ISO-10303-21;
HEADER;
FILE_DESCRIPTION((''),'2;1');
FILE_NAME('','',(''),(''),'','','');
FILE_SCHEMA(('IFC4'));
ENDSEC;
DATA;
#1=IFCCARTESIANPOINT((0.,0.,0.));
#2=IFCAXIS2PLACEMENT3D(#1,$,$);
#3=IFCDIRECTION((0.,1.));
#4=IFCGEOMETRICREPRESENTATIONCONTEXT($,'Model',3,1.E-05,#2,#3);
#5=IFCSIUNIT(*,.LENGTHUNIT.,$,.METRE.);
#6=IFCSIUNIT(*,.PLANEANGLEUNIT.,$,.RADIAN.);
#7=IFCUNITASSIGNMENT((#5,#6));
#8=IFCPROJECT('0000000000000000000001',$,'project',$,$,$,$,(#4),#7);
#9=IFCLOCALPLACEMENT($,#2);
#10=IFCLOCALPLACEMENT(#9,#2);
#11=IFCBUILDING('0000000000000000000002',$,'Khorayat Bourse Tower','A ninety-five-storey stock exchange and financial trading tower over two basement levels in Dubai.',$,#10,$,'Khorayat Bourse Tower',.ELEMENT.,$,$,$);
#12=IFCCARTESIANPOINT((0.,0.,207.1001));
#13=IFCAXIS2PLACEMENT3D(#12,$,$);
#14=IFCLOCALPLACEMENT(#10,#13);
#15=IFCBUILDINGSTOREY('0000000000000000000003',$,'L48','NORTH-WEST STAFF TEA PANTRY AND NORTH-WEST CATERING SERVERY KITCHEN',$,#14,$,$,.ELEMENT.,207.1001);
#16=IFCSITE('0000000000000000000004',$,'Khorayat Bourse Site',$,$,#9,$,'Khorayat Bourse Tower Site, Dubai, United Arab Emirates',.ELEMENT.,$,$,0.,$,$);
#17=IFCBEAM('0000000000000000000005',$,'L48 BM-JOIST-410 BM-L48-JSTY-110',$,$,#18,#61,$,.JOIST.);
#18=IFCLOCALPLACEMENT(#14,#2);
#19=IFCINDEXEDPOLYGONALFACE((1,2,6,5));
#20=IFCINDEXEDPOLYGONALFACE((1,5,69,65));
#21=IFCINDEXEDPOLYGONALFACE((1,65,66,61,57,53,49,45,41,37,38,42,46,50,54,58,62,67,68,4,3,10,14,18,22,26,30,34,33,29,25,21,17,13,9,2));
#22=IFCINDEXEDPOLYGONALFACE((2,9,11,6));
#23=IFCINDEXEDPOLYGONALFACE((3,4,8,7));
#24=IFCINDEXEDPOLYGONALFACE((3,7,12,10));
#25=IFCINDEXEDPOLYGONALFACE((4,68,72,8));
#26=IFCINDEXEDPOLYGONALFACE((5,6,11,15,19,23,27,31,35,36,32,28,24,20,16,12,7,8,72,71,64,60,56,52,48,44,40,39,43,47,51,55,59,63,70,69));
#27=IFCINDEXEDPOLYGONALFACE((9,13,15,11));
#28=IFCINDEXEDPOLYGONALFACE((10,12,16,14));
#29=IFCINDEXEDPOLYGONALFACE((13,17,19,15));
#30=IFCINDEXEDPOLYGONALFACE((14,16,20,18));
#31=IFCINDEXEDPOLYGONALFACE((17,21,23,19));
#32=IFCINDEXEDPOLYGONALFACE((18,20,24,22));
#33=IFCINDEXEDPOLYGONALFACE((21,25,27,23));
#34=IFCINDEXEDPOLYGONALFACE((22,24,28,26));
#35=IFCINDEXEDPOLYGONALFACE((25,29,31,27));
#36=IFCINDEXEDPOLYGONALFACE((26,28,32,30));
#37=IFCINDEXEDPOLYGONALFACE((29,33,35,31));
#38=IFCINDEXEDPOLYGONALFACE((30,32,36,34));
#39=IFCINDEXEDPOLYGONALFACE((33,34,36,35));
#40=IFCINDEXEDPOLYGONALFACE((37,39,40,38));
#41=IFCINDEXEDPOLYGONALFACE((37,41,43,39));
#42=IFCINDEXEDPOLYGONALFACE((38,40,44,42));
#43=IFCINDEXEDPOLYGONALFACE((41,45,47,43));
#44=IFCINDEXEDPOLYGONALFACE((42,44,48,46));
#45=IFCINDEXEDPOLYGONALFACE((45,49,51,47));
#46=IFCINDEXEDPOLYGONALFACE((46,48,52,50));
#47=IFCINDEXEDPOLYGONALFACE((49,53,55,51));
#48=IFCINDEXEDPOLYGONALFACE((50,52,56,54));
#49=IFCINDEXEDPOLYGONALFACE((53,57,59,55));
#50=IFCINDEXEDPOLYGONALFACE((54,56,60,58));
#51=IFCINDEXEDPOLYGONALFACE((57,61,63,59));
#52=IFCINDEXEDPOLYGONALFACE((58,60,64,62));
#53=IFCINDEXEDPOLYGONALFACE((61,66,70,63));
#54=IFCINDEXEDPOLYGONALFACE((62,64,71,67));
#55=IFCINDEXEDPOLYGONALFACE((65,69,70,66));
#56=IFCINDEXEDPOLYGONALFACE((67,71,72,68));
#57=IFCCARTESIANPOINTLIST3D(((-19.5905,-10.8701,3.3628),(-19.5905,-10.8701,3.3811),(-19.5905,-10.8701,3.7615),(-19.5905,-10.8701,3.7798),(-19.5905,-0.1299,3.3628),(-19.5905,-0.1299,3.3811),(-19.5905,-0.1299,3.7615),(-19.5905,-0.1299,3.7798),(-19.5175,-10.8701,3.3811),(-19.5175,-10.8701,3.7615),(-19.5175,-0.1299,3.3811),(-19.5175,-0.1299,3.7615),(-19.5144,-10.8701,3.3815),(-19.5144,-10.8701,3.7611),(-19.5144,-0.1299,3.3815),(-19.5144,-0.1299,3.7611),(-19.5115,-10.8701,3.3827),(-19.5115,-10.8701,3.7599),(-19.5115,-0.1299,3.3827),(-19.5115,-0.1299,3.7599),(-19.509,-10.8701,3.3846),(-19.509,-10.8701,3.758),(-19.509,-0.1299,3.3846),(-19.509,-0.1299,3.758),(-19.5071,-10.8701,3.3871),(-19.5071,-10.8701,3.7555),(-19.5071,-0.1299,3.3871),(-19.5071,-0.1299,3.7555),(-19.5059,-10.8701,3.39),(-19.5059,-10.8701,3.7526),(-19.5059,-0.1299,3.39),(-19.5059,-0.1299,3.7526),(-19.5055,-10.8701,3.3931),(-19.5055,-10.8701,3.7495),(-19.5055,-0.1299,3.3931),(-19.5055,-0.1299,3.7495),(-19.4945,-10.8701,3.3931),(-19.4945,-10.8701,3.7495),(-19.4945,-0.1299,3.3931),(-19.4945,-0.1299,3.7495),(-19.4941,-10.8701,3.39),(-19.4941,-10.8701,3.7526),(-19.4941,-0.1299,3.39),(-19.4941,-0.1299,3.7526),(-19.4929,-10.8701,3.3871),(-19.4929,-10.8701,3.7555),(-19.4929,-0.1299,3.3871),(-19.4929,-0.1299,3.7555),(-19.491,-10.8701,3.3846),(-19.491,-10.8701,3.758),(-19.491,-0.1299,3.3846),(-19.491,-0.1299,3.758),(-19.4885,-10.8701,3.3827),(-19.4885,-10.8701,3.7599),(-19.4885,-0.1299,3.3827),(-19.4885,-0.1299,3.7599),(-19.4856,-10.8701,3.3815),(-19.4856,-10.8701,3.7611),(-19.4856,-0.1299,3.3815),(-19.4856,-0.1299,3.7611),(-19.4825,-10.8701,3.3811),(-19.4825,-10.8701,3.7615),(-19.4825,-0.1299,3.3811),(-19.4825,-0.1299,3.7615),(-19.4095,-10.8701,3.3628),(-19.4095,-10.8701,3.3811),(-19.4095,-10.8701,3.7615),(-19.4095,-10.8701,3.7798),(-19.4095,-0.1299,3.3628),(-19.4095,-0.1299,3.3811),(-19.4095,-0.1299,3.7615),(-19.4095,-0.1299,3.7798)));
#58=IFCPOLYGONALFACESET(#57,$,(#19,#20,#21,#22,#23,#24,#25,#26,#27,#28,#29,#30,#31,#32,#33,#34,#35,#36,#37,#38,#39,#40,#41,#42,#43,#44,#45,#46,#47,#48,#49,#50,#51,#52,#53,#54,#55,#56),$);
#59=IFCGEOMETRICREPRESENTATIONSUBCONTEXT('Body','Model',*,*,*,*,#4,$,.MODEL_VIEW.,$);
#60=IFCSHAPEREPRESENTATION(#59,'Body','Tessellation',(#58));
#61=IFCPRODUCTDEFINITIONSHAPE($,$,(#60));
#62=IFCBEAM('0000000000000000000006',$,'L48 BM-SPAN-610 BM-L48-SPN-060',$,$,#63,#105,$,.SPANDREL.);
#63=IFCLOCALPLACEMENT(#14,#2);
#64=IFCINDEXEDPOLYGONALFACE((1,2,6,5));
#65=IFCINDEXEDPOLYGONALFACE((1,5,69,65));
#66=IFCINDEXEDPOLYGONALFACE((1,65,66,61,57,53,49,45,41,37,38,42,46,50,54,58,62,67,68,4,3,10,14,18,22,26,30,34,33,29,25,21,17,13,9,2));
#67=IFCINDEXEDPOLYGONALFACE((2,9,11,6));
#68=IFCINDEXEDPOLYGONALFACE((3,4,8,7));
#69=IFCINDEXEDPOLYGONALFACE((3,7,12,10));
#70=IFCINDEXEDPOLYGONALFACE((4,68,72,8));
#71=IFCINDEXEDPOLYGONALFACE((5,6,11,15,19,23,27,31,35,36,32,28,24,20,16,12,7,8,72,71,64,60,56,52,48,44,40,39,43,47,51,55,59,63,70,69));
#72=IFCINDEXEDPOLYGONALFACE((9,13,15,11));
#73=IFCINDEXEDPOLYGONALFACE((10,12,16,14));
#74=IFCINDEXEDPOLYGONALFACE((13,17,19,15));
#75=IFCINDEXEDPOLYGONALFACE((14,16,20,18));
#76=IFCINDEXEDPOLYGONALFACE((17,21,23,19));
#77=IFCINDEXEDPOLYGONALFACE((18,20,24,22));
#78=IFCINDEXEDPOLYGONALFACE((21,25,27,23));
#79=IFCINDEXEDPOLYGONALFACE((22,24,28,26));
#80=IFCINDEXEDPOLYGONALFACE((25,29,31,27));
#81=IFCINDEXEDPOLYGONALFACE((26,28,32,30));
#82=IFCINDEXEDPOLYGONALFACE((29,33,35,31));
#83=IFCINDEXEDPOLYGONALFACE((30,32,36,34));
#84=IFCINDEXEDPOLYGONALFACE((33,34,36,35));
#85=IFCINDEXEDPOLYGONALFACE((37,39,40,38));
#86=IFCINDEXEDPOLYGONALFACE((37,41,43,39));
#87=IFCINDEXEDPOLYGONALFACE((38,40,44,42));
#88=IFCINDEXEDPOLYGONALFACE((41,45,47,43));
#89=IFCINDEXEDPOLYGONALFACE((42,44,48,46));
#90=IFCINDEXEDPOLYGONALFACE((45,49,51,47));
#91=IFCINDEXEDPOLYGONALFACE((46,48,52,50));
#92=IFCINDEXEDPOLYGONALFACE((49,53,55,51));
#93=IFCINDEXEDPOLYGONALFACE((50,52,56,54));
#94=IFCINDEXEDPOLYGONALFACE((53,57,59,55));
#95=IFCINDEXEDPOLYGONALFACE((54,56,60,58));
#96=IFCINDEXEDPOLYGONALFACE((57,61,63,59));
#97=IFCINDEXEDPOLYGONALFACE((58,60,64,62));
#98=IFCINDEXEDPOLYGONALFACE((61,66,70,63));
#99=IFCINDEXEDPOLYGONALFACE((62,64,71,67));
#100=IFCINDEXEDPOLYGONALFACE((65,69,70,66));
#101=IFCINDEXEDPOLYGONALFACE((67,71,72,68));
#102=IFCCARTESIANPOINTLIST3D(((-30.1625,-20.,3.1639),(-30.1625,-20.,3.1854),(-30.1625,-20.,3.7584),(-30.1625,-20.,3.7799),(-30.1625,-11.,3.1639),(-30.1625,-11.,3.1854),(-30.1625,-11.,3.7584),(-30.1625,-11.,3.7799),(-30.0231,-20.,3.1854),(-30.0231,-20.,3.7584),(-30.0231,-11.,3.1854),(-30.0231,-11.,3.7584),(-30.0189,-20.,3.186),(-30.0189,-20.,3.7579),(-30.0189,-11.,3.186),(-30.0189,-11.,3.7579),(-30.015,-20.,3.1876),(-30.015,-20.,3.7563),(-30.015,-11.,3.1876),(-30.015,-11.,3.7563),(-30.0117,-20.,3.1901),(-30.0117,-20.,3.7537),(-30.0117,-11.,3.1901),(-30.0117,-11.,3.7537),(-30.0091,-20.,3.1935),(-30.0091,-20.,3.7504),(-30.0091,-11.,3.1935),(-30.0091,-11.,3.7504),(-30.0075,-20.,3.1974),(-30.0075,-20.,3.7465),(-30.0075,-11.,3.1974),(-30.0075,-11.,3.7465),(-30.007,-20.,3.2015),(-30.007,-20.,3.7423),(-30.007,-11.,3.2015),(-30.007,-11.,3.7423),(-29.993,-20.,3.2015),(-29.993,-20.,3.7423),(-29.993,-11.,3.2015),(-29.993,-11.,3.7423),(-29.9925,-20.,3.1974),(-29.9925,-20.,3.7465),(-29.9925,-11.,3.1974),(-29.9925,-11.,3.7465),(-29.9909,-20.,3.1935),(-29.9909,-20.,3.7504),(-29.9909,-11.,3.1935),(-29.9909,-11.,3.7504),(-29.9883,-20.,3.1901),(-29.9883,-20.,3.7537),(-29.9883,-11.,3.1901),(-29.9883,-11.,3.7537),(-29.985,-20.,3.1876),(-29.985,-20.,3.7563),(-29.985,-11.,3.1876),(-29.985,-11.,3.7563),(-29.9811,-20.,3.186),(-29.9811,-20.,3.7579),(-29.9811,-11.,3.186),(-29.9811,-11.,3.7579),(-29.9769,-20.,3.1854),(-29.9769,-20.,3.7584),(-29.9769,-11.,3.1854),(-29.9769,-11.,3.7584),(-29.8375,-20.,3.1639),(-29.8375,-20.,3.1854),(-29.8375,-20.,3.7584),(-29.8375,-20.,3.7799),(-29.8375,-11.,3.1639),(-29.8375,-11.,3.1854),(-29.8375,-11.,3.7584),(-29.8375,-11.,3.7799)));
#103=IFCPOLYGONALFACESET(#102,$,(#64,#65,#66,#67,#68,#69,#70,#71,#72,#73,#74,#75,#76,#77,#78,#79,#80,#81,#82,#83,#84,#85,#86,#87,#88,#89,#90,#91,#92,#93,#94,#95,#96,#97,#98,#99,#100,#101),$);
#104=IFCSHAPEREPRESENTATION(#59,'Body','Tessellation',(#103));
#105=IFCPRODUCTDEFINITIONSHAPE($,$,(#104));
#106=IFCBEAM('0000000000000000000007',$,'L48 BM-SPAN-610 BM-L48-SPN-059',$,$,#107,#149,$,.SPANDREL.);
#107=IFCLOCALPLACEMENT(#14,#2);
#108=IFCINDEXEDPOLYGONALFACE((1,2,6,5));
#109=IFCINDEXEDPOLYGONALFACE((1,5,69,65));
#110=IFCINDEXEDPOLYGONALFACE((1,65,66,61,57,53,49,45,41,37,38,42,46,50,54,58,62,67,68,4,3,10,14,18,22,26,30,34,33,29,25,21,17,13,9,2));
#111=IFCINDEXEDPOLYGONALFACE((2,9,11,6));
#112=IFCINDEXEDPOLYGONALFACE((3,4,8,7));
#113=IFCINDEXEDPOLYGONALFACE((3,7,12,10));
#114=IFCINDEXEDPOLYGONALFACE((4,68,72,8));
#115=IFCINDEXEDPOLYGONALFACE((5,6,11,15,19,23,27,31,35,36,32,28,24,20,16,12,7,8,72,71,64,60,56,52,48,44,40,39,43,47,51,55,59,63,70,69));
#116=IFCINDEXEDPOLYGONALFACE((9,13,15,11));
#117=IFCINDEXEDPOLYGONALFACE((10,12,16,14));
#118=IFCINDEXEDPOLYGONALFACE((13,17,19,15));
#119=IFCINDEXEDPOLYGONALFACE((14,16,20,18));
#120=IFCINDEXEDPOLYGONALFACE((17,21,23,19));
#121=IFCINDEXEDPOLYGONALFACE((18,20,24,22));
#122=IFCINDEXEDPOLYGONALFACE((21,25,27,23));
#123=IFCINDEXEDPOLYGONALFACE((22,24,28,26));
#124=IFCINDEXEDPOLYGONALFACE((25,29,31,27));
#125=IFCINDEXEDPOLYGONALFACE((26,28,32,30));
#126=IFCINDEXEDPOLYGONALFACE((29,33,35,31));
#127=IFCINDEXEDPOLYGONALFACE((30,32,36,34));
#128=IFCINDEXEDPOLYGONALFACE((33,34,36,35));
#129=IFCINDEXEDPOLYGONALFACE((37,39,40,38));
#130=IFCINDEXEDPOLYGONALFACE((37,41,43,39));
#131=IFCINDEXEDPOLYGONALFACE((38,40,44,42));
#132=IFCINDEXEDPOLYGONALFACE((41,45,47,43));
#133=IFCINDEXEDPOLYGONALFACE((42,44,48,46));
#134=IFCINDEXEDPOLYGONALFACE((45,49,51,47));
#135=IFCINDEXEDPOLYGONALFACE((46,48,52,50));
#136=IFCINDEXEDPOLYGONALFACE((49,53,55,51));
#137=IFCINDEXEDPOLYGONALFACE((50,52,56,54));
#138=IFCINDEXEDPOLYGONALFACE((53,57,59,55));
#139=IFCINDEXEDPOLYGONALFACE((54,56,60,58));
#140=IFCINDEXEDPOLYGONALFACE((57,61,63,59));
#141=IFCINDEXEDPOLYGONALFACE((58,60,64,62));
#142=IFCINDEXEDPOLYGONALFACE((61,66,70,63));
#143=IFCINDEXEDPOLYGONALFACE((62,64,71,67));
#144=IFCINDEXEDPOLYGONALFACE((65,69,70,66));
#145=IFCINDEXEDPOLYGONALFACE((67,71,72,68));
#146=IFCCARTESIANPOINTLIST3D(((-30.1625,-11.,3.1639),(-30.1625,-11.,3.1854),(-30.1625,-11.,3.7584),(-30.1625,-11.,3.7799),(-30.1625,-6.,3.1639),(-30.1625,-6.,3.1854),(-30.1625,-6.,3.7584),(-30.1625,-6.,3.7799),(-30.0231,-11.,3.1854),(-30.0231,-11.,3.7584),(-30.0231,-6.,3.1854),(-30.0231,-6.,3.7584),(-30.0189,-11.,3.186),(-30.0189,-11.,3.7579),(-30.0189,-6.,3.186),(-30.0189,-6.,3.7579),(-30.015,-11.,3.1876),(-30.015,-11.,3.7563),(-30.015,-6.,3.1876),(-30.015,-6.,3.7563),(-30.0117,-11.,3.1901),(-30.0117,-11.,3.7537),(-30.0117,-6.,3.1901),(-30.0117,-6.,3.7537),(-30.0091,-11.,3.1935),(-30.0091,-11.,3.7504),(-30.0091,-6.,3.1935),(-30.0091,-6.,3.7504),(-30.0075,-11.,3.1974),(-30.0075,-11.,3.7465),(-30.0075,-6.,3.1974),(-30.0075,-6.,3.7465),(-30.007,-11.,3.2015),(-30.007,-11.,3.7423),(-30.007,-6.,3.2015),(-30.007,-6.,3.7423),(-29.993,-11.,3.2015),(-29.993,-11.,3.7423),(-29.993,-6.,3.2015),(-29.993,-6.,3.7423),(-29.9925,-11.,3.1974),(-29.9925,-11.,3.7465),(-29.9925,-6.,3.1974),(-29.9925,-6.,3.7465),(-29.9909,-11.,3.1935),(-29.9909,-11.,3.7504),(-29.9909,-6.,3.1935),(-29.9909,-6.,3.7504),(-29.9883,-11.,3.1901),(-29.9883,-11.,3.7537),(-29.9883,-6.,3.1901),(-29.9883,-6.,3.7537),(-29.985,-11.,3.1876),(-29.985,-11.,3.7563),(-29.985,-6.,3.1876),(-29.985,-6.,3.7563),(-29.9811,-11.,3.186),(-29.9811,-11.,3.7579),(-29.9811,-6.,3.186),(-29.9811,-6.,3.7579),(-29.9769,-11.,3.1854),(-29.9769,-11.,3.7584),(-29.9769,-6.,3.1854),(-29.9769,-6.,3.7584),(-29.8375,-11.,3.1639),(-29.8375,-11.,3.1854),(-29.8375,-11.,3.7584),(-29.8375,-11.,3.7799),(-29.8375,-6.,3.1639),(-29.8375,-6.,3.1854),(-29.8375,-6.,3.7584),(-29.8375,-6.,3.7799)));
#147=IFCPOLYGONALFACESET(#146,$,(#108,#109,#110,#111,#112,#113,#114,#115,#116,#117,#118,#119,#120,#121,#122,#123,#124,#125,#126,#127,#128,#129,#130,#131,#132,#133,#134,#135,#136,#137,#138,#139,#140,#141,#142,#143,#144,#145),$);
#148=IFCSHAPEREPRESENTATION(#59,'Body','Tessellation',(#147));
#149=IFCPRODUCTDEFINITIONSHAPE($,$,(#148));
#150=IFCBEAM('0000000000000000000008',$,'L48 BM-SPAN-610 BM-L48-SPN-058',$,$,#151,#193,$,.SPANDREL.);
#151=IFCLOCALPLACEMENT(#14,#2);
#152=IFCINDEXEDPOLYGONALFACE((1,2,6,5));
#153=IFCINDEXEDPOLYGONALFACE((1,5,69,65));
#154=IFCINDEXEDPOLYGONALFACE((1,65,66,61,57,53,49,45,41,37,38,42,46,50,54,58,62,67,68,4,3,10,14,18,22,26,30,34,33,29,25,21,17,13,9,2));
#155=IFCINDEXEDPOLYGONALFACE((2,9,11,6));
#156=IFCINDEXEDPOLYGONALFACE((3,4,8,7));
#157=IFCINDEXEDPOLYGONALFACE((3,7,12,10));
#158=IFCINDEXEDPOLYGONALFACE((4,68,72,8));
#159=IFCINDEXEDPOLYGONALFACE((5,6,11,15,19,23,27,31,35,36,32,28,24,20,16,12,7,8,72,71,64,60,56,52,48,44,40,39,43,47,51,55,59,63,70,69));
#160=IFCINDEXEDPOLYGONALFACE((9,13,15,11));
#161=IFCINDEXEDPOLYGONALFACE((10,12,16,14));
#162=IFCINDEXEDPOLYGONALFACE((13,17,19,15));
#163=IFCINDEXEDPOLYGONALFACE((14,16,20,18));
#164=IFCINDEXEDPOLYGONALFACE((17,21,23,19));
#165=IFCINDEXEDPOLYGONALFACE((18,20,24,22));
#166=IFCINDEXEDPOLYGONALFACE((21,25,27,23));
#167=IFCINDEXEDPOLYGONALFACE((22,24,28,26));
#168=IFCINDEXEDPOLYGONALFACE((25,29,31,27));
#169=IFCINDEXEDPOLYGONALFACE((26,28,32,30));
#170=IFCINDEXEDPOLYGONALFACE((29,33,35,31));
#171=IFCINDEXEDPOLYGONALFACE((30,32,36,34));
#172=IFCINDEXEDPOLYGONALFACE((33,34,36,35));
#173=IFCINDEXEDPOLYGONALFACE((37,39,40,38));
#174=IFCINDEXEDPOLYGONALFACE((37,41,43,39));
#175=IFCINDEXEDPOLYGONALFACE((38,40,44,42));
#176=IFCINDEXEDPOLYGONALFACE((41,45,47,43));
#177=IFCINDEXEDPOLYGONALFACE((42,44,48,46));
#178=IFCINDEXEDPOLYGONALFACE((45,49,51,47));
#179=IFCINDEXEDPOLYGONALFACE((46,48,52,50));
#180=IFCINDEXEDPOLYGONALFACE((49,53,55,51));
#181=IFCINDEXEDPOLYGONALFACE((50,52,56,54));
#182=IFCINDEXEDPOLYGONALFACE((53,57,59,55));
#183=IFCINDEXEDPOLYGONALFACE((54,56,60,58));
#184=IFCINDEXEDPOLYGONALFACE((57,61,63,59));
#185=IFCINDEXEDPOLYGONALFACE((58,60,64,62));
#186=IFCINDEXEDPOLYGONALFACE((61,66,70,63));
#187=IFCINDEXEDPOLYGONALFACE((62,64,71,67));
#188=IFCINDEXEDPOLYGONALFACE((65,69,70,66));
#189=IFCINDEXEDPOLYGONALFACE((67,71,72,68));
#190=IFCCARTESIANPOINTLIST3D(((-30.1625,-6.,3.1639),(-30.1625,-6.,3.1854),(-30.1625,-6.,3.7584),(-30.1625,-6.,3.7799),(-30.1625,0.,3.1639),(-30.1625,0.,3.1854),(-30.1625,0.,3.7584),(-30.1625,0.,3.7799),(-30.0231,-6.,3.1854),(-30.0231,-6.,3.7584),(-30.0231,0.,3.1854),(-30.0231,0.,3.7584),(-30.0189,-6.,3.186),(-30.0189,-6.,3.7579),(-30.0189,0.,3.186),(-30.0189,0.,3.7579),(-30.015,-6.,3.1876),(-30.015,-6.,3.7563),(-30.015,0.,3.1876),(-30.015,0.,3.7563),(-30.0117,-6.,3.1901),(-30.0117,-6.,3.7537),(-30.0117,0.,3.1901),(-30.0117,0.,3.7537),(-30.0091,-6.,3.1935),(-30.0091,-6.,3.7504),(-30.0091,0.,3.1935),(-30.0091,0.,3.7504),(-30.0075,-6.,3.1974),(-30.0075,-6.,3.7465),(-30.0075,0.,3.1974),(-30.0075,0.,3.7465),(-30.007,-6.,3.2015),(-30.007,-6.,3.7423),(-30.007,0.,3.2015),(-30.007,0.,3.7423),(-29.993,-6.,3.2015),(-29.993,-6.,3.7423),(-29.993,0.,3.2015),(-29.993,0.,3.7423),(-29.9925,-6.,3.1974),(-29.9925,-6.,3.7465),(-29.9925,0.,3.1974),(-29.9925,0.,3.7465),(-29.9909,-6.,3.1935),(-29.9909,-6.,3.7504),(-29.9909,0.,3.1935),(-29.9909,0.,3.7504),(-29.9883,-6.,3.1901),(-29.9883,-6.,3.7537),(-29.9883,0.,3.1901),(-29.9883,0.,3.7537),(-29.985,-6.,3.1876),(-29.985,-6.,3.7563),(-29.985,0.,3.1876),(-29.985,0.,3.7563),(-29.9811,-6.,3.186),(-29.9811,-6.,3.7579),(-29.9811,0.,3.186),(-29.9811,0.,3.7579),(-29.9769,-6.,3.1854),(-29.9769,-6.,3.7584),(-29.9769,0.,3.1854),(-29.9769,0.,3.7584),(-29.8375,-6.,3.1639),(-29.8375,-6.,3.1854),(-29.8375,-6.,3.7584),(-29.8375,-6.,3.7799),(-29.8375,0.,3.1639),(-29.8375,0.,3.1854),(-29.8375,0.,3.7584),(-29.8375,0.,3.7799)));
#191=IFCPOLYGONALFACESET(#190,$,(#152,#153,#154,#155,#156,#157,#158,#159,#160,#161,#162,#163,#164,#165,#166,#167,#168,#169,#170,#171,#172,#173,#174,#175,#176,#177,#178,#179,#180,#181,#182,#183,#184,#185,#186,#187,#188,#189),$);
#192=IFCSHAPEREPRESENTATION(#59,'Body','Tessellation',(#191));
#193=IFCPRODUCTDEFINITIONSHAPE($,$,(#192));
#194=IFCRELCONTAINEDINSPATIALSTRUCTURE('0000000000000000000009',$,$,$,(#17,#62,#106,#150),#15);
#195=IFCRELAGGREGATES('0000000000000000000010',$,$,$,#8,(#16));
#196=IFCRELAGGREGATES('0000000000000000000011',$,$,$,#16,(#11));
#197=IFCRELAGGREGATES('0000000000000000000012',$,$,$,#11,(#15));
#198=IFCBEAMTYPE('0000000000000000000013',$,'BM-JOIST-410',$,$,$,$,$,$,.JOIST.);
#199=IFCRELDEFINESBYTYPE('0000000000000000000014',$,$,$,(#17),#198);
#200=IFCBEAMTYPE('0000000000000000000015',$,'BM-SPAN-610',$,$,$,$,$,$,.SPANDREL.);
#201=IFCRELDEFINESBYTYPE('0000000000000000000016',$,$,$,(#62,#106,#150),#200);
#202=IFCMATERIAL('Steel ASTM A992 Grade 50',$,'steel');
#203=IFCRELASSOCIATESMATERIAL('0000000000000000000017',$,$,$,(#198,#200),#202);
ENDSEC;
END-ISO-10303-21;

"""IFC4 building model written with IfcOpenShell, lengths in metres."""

from ifc_helpers import new_model, si_unit, direction, frame, origin, origin_2d, place, context, subcontext, project, spatial, i_section, extrude, source, transform, mapped, material, material_profile, profile_set, type_object, element, save


model = new_model("IFC4")

# Units and contexts
model_context = context("Model", 3, precision=1e-05, world=origin(), true_north=direction((0.0, 1.0)))
body_context = subcontext(model_context, "Body", "Model", "MODEL_VIEW")
ifc_project = project(units=[si_unit("LENGTHUNIT", "METRE"), si_unit("PLANEANGLEUNIT", "RADIAN")], contexts=[model_context])

# Site, building, storey
site_placement = place(None, origin())
site = spatial("IfcSite", under=ifc_project, at=site_placement, Name="Khorayat Bourse Site", LongName="Khorayat Bourse Tower Site, Dubai, United Arab Emirates", CompositionType="ELEMENT", RefElevation=0.0)
building_placement = place(site_placement, origin())
building = spatial("IfcBuilding", under=site, at=building_placement, Name="Khorayat Bourse Tower", Description="A ninety-five-storey stock exchange and financial trading tower over two basement levels in Dubai.", LongName="Khorayat Bourse Tower", CompositionType="ELEMENT")
storey_placement = place(building_placement, frame((0.0, 0.0, 207.1001)))
storey = spatial("IfcBuildingStorey", under=building, at=storey_placement, Name="L48", Description="NORTH-WEST STAFF TEA PANTRY AND NORTH-WEST CATERING SERVERY KITCHEN", CompositionType="ELEMENT", Elevation=207.1001)

# Beams
ifc_material_1 = material(Name="Steel ASTM A992 Grade 50", Category="steel")
ifc_material_profile_1 = material_profile(ifc_material_1, i_section(OverallWidth=0.1809, OverallDepth=0.417, WebThickness=0.011, FlangeThickness=0.0183, FilletRadius=0.012, at=origin_2d()), Name="W410X85")
ifc_profile_set_1 = profile_set([ifc_material_profile_1], Name="Steel ASTM A992 Grade 50")
beam_type_1 = type_object("IfcBeamType", Name="BM-JOIST-410", PredefinedType="JOIST", material=ifc_profile_set_1)
shared_shape_1 = source(origin(), body_context, "Body", "SweptSolid", [
    extrude(i_section(OverallWidth=0.1809, OverallDepth=0.417, WebThickness=0.011, FlangeThickness=0.0183, FilletRadius=0.012, at=origin_2d()), origin(), (0.0, 0.0, 1.0), 10.7402),
])
beam_1_placement = place(storey_placement, frame((-19.5, -10.8701, 3.5713), z_axis=(0.0, 1.0, 0.0), x_axis=(-1.0, 0.0, 0.0)))
element("IfcBeam", 1, at=beam_1_placement, inside=storey, type_object=beam_type_1, Name="L48 BM-JOIST-410 BM-L48-JSTY-110", PredefinedType="JOIST", context=body_context, shape_type="MappedRepresentation", body=[
    mapped(shared_shape_1, transform((0.0, 0.0, 0.0), scale=1.0)),
])
ifc_material_profile_2 = material_profile(ifc_material_1, i_section(OverallWidth=0.325, OverallDepth=0.616, WebThickness=0.0139, FlangeThickness=0.0215, FilletRadius=0.0161, at=origin_2d()), Name="W610X174")
ifc_profile_set_2 = profile_set([ifc_material_profile_2], Name="Steel ASTM A992 Grade 50")
beam_type_2 = type_object("IfcBeamType", Name="BM-SPAN-610", PredefinedType="SPANDREL", material=ifc_profile_set_2)
shared_shape_2 = source(origin(), body_context, "Body", "SweptSolid", [
    extrude(i_section(OverallWidth=0.325, OverallDepth=0.616, WebThickness=0.0139, FlangeThickness=0.0215, FilletRadius=0.0161, at=origin_2d()), origin(), (0.0, 0.0, 1.0), 9.0),
])
beam_2_placement = place(storey_placement, frame((-30.0, -20.0, 3.4719), z_axis=(0.0, 1.0, 0.0), x_axis=(-1.0, 0.0, 0.0)))
element("IfcBeam", 2, at=beam_2_placement, inside=storey, type_object=beam_type_2, Name="L48 BM-SPAN-610 BM-L48-SPN-060", PredefinedType="SPANDREL", context=body_context, shape_type="MappedRepresentation", body=[
    mapped(shared_shape_2, transform((0.0, 0.0, 0.0), scale=1.0)),
])
shared_shape_3 = source(origin(), body_context, "Body", "SweptSolid", [
    extrude(i_section(OverallWidth=0.325, OverallDepth=0.616, WebThickness=0.0139, FlangeThickness=0.0215, FilletRadius=0.0161, at=origin_2d()), origin(), (0.0, 0.0, 1.0), 5.0),
])
beam_3_placement = place(storey_placement, frame((-30.0, -11.0, 3.4719), z_axis=(0.0, 1.0, 0.0), x_axis=(-1.0, 0.0, 0.0)))
element("IfcBeam", 3, at=beam_3_placement, inside=storey, type_object=beam_type_2, Name="L48 BM-SPAN-610 BM-L48-SPN-059", PredefinedType="SPANDREL", context=body_context, shape_type="MappedRepresentation", body=[
    mapped(shared_shape_3, transform((0.0, 0.0, 0.0), scale=1.0)),
])
shared_shape_4 = source(origin(), body_context, "Body", "SweptSolid", [
    extrude(i_section(OverallWidth=0.325, OverallDepth=0.616, WebThickness=0.0139, FlangeThickness=0.0215, FilletRadius=0.0161, at=origin_2d()), origin(), (0.0, 0.0, 1.0), 6.0),
])
beam_4_placement = place(storey_placement, frame((-30.0, -6.0, 3.4719), z_axis=(0.0, 1.0, 0.0), x_axis=(-1.0, 0.0, 0.0)))
element("IfcBeam", 4, at=beam_4_placement, inside=storey, type_object=beam_type_2, Name="L48 BM-SPAN-610 BM-L48-SPN-058", PredefinedType="SPANDREL", context=body_context, shape_type="MappedRepresentation", body=[
    mapped(shared_shape_4, transform((0.0, 0.0, 0.0), scale=1.0)),
])

save(model, "model.ifc")
